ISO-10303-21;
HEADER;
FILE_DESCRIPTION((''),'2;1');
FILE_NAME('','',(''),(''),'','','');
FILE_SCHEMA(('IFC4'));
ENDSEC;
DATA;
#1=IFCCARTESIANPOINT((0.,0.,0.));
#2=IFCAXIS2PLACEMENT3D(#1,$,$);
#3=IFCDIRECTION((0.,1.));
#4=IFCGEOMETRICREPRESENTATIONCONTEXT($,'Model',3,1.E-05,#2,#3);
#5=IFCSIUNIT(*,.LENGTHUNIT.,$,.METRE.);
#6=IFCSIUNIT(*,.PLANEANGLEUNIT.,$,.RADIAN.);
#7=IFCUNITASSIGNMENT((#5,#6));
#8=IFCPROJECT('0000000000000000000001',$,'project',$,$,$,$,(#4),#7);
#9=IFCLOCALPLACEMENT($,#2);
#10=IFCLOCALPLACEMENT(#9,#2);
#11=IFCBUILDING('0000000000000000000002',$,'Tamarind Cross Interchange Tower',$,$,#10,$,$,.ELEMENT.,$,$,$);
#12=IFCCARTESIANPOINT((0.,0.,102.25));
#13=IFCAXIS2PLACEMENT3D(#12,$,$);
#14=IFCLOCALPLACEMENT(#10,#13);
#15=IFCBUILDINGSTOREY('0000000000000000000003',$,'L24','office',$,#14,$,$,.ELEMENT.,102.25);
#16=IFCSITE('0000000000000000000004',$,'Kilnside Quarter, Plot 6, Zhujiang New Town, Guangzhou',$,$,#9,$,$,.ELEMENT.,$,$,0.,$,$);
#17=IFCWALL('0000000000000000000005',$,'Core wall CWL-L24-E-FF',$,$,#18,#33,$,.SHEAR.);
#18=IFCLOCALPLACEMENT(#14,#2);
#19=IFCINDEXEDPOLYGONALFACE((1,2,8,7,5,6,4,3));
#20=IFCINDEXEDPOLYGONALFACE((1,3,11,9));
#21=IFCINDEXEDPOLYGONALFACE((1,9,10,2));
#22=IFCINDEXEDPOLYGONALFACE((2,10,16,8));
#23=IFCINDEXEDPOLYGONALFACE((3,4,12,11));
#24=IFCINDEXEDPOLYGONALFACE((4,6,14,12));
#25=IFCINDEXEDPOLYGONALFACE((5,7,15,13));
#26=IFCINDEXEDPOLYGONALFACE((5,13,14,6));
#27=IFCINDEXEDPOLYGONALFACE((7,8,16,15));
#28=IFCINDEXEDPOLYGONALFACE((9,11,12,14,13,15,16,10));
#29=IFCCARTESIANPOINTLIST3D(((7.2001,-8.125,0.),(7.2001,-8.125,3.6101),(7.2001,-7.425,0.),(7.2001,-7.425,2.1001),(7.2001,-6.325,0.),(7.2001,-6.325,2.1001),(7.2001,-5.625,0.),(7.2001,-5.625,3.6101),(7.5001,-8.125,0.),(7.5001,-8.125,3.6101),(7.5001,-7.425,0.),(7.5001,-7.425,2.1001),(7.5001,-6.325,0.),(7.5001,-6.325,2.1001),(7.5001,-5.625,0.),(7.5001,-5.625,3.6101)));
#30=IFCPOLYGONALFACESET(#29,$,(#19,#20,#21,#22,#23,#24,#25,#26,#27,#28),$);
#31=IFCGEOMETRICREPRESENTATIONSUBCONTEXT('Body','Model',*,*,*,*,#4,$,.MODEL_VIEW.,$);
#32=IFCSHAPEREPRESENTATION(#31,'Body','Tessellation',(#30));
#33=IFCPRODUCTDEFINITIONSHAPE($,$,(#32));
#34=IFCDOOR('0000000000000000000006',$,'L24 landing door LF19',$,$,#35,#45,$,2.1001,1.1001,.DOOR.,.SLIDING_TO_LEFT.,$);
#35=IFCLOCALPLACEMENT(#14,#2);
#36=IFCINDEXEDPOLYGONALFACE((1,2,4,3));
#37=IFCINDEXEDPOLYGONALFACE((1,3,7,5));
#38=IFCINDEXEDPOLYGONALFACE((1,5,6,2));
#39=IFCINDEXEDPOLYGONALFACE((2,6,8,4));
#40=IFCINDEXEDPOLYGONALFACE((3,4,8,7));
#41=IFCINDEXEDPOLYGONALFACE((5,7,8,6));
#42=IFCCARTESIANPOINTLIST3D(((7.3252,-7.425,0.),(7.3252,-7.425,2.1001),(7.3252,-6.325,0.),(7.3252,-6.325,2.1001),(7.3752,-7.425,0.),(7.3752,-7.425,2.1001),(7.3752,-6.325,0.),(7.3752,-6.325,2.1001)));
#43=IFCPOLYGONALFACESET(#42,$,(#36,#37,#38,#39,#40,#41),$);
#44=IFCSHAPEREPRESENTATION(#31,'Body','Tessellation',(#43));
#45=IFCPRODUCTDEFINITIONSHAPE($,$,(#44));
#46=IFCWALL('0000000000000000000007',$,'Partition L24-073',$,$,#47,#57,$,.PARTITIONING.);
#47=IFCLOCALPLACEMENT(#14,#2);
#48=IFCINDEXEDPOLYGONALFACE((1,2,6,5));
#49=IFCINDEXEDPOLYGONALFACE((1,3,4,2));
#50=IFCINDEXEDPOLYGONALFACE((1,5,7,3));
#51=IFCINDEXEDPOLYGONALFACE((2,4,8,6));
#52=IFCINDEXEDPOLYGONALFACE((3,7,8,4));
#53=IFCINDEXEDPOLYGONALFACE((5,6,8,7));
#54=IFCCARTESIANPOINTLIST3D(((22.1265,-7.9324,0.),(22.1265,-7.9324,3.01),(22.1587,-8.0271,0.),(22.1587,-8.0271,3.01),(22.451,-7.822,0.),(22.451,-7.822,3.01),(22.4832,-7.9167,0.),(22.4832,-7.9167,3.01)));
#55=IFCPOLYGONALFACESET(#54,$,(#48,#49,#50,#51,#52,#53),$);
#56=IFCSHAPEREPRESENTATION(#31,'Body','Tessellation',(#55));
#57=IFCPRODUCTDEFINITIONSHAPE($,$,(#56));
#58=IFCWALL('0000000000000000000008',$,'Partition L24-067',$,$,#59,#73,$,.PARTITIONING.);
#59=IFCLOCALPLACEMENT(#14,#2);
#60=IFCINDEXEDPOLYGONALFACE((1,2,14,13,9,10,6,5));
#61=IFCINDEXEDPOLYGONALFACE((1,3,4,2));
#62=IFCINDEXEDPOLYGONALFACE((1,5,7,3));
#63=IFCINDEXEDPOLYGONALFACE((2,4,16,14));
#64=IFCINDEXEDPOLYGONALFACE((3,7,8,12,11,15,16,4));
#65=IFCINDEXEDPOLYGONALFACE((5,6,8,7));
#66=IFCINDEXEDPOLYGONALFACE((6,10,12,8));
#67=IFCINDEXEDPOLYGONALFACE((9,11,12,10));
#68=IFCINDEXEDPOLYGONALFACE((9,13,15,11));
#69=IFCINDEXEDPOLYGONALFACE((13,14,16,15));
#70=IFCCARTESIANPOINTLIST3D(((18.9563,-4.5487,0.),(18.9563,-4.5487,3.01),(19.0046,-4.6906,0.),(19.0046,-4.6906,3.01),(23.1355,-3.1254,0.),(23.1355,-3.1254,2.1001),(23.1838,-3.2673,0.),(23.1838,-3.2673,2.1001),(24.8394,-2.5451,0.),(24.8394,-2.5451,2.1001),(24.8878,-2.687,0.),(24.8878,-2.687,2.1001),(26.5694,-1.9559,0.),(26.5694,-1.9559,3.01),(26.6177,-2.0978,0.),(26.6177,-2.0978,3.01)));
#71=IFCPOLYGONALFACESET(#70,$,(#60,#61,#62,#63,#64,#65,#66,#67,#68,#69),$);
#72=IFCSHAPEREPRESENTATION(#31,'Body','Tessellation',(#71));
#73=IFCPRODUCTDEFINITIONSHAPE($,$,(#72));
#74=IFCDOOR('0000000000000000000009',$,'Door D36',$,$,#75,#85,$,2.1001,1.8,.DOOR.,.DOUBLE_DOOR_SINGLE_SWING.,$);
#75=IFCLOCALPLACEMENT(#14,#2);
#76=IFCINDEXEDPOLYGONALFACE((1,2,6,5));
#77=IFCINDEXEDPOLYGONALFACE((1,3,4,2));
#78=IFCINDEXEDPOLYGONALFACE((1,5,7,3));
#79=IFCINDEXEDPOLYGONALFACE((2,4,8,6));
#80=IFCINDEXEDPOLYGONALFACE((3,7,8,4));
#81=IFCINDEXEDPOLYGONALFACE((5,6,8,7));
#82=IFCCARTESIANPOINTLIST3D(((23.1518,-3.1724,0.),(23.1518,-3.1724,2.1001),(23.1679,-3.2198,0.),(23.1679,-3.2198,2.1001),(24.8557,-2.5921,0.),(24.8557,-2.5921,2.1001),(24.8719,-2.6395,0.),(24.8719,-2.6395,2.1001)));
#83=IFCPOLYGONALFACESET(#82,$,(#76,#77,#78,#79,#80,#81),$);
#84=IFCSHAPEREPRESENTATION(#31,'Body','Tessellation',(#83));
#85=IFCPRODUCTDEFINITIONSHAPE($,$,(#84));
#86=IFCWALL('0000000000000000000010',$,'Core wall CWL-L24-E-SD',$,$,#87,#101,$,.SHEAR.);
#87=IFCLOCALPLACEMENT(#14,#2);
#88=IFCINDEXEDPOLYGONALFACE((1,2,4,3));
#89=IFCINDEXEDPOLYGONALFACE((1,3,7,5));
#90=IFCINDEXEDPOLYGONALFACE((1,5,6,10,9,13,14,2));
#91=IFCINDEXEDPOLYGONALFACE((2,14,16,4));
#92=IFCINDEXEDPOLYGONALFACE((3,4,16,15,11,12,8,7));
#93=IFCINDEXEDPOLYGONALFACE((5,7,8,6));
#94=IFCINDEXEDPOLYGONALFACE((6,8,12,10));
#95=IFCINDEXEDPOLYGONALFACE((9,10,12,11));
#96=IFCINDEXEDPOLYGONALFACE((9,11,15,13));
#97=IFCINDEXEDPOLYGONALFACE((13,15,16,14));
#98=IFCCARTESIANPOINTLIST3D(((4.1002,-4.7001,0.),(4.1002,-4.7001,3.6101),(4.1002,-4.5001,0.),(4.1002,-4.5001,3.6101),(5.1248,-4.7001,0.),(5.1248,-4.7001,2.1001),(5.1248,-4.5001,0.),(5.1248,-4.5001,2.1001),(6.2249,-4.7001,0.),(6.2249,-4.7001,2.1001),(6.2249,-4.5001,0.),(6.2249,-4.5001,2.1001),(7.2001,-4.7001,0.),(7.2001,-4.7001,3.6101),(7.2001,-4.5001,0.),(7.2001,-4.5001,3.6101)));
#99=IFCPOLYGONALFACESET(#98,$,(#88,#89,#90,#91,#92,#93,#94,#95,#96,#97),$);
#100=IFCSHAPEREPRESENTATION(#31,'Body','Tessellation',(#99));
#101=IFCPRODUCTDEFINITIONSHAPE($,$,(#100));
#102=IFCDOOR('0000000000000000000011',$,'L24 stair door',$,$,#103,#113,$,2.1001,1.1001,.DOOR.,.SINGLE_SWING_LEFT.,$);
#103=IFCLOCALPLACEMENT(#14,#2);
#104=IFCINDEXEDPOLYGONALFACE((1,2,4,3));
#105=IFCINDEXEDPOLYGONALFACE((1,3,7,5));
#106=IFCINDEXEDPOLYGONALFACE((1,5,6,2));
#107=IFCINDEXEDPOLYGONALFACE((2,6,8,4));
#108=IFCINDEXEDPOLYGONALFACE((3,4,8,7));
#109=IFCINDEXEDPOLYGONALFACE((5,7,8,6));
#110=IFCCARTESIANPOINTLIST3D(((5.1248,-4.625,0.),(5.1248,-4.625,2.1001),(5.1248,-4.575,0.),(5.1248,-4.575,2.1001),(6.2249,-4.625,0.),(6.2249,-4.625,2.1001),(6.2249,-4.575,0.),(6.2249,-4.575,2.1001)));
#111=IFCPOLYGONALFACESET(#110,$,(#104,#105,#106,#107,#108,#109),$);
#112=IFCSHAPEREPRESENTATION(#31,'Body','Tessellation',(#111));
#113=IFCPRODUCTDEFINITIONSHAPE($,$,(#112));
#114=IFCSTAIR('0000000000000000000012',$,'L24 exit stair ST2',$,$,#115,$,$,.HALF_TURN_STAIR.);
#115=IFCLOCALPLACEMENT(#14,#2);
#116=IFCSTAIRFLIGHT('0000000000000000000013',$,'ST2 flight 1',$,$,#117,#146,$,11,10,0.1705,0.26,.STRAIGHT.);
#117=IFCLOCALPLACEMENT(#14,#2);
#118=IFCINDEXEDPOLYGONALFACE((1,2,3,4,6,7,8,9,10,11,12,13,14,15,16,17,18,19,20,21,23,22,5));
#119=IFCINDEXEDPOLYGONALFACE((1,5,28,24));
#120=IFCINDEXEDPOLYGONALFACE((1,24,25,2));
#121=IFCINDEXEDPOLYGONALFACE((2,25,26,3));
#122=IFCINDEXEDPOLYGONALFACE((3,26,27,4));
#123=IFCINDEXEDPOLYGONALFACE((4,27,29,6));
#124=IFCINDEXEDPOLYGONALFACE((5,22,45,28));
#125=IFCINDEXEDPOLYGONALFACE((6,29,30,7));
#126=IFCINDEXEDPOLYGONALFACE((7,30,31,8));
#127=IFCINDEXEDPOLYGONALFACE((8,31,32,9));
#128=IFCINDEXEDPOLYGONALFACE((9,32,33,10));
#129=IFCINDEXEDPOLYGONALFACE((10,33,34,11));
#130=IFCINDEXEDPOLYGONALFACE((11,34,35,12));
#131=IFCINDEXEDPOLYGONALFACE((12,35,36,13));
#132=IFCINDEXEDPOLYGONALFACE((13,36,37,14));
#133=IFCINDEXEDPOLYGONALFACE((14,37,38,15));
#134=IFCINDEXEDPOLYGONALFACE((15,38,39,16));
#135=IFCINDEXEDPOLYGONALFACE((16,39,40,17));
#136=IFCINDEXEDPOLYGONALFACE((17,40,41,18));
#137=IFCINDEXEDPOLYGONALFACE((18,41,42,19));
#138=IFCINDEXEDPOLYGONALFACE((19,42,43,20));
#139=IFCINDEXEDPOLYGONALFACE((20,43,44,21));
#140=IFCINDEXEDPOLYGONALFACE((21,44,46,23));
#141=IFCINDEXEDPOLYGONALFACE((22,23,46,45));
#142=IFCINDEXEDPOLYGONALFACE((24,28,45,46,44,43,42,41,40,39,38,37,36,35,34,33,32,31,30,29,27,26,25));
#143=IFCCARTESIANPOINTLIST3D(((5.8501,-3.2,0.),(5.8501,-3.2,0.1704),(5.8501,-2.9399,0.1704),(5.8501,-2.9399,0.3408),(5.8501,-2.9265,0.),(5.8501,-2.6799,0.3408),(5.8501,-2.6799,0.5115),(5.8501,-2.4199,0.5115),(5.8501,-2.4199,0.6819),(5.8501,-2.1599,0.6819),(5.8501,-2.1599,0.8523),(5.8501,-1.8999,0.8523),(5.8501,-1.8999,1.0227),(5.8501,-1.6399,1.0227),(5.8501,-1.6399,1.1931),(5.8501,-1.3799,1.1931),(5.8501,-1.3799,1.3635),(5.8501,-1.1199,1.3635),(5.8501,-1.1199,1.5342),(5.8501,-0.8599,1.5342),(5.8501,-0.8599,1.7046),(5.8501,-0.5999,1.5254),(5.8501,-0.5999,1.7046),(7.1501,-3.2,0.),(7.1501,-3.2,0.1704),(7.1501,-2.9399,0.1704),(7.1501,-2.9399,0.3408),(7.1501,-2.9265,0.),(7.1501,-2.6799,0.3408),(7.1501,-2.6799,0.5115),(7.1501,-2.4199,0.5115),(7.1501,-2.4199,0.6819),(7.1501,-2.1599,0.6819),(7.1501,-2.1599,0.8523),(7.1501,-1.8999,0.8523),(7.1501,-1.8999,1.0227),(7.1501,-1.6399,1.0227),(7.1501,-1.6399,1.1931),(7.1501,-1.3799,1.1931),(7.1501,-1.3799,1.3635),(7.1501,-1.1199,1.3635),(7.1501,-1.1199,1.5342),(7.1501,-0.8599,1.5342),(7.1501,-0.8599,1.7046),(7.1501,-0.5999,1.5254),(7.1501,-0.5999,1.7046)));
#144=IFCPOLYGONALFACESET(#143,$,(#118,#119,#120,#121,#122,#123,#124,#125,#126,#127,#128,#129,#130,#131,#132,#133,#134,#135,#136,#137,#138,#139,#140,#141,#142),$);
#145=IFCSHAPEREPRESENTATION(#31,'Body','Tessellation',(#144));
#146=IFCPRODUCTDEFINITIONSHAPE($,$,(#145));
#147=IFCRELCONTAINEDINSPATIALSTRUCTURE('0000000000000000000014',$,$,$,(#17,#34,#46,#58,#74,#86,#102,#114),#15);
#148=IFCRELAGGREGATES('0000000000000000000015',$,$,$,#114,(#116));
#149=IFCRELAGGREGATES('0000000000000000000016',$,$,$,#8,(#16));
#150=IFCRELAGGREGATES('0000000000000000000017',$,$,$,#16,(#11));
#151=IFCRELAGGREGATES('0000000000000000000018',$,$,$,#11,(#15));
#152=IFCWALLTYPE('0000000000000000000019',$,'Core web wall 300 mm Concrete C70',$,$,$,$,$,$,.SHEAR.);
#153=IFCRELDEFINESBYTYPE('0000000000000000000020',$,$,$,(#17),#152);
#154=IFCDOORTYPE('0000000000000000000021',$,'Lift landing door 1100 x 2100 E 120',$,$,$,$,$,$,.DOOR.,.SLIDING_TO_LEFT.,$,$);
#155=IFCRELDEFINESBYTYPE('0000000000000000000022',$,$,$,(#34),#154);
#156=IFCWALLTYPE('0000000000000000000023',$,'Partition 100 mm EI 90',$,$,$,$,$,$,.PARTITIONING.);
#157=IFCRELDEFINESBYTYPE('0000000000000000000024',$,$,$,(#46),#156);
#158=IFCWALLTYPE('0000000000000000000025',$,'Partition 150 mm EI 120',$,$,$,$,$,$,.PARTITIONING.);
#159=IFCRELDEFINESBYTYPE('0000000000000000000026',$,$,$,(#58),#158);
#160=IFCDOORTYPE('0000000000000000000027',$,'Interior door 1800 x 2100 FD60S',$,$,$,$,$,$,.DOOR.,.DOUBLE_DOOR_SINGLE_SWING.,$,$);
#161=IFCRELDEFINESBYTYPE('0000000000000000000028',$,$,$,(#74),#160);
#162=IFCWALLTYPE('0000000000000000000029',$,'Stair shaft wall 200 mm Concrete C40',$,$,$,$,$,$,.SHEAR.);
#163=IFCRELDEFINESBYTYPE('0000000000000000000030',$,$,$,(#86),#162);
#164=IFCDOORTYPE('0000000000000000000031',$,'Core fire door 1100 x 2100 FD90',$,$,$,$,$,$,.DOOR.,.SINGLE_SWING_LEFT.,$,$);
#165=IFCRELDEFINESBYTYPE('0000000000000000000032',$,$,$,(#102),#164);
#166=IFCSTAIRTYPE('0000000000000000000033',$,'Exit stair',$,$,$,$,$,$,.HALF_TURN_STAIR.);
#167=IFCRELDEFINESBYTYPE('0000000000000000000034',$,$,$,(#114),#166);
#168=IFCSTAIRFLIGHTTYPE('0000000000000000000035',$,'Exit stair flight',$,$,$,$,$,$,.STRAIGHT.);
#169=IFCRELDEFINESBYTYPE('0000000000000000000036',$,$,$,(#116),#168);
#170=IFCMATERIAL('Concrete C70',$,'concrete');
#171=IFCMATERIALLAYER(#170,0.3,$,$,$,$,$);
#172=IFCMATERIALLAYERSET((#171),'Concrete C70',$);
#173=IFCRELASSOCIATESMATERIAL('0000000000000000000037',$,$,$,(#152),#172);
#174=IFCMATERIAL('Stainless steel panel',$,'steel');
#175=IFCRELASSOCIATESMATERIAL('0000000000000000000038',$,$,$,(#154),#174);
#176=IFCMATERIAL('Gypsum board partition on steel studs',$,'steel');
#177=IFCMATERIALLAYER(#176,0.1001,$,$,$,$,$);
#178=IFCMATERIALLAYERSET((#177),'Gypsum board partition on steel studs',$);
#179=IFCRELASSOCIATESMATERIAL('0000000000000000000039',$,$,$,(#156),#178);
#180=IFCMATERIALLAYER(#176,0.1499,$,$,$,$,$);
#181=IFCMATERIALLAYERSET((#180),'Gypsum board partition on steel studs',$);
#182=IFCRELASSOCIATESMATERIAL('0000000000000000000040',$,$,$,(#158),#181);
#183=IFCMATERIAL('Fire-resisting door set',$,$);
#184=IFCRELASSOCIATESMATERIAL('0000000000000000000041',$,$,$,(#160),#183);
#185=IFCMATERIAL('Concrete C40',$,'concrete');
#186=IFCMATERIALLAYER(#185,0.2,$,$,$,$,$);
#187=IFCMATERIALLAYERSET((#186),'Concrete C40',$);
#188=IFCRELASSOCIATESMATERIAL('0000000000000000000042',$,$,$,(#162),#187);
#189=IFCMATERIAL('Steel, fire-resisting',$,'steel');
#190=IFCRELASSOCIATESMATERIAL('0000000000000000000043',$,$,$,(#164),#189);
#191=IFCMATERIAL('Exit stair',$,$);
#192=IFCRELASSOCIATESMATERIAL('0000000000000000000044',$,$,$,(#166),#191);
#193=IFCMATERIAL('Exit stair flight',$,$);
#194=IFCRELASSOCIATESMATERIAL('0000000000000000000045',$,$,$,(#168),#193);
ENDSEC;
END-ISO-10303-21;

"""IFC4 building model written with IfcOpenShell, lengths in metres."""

from ifc_helpers import new_model, si_unit, direction, frame, frame_2d, origin, place, context, subcontext, project, spatial, polyline, rectangle, outline, extrude, material, layer, layer_set, type_object, element, fill, aggregate, save


model = new_model("IFC4")

# Units and contexts
model_context = context("Model", 3, precision=1e-05, world=origin(), true_north=direction((0.0, 1.0)))
body_context = subcontext(model_context, "Body", "Model", "MODEL_VIEW")
ifc_project = project(units=[si_unit("LENGTHUNIT", "METRE"), si_unit("PLANEANGLEUNIT", "RADIAN")], contexts=[model_context])

# Site, building, storey
site_placement = place(None, origin())
site = spatial("IfcSite", under=ifc_project, at=site_placement, Name="Kilnside Quarter, Plot 6, Zhujiang New Town, Guangzhou", CompositionType="ELEMENT", RefElevation=0.0)
building_placement = place(site_placement, origin())
building = spatial("IfcBuilding", under=site, at=building_placement, Name="Tamarind Cross Interchange Tower", CompositionType="ELEMENT")
storey_placement = place(building_placement, frame((0.0, 0.0, 102.25)))
storey = spatial("IfcBuildingStorey", under=building, at=storey_placement, Name="L24", Description="office", CompositionType="ELEMENT", Elevation=102.25)

# Shared definitions
ifc_material_1 = material(Name="Concrete C70", Category="concrete")
ifc_layer_1 = layer(ifc_material_1, 0.3)
ifc_layer_set_1 = layer_set([ifc_layer_1], Name="Concrete C70")
wall_type_1 = type_object("IfcWallType", Name="Core web wall 300 mm Concrete C70", PredefinedType="SHEAR", material=ifc_layer_set_1)

# Shared definitions
ifc_material_2 = material(Name="Stainless steel panel", Category="steel")
door_type_1 = type_object("IfcDoorType", Name="Lift landing door 1100 x 2100 E 120", OperationType="SLIDING_TO_LEFT", PredefinedType="DOOR", material=ifc_material_2)

# Wall, opening, door
wall_1_placement = place(storey_placement, frame((7.3501, -8.125, 0.0), z_axis=(0.0, 0.0, 1.0), x_axis=(0.0, 1.0, 0.0)))
wall_1 = element("IfcWall", 1, at=wall_1_placement, inside=storey, type_object=wall_type_1, Name="Core wall CWL-L24-E-FF", PredefinedType="SHEAR", context=body_context, shape_type="SweptSolid", body=[
    extrude(rectangle(XDim=2.5, YDim=0.3, at=frame_2d((1.25, 0.0))), origin(), (0.0, 0.0, 1.0), 3.6101),
])
opening_1_placement = place(wall_1_placement, frame((0.7, 0.0, 0.0)))
opening_1 = element("IfcOpeningElement", 2, at=opening_1_placement, cuts=wall_1, PredefinedType="OPENING", context=body_context, shape_type="SweptSolid", body=[
    extrude(rectangle(XDim=1.1001, YDim=2.1001, at=frame_2d((0.55, 1.05))), frame((0.0, 0.1599, 0.0), z_axis=(0.0, -1.0, 0.0), x_axis=(1.0, 0.0, 0.0)), (0.0, 0.0, 1.0), 0.3201),
])
door_1_placement = place(opening_1_placement, origin())
door_1 = element("IfcDoor", 3, at=door_1_placement, inside=storey, type_object=door_type_1, Name="L24 landing door LF19", OperationType="SLIDING_TO_LEFT", OverallHeight=2.1001, OverallWidth=1.1001, PredefinedType="DOOR", context=body_context, shape_type="SweptSolid", body=[
    extrude(rectangle(XDim=1.1001, YDim=2.1001, at=frame_2d((0.55, 1.05))), frame((0.0, 0.0249, 0.0), z_axis=(0.0, -1.0, 0.0), x_axis=(1.0, 0.0, 0.0)), (0.0, 0.0, 1.0), 0.05),
])
fill(opening_1, door_1)

# Wall
ifc_material_3 = material(Name="Gypsum board partition on steel studs", Category="steel")
ifc_layer_2 = layer(ifc_material_3, 0.1001)
ifc_layer_set_2 = layer_set([ifc_layer_2], Name="Gypsum board partition on steel studs")
wall_type_2 = type_object("IfcWallType", Name="Partition 100 mm EI 90", PredefinedType="PARTITIONING", material=ifc_layer_set_2)
wall_2_placement = place(storey_placement, frame((22.1426, -7.9797, 0.0), z_axis=(0.0, 0.0, 1.0), x_axis=(0.946742, 0.321992, 0.0)))
element("IfcWall", 4, at=wall_2_placement, inside=storey, type_object=wall_type_2, Name="Partition L24-073", PredefinedType="PARTITIONING", context=body_context, shape_type="SweptSolid", body=[
    extrude(rectangle(XDim=0.3428, YDim=0.1001, at=frame_2d((0.1714, 0.0))), origin(), (0.0, 0.0, 1.0), 3.01),
])

# Walls, openings, doors
ifc_layer_3 = layer(ifc_material_3, 0.1499)
ifc_layer_set_3 = layer_set([ifc_layer_3], Name="Gypsum board partition on steel studs")
wall_type_3 = type_object("IfcWallType", Name="Partition 150 mm EI 120", PredefinedType="PARTITIONING", material=ifc_layer_set_3)
wall_3_placement = place(storey_placement, frame((18.9805, -4.6196, 0.0), z_axis=(0.0, 0.0, 1.0), x_axis=(0.946608, 0.322387, 0.0)))
wall_3 = element("IfcWall", 5, at=wall_3_placement, inside=storey, type_object=wall_type_3, Name="Partition L24-067", PredefinedType="PARTITIONING", context=body_context, shape_type="SweptSolid", body=[
    extrude(rectangle(XDim=8.0425, YDim=0.1499, at=frame_2d((4.0212, 0.0))), origin(), (0.0, 0.0, 1.0), 3.01),
])
opening_2_placement = place(wall_3_placement, frame((4.415, 0.0, 0.0)))
opening_2 = element("IfcOpeningElement", 6, at=opening_2_placement, cuts=wall_3, PredefinedType="OPENING", context=body_context, shape_type="SweptSolid", body=[
    extrude(rectangle(XDim=1.8, YDim=2.1001, at=frame_2d((0.8999, 1.05))), frame((0.0, 0.085, 0.0), z_axis=(0.0, -1.0, 0.0), x_axis=(1.0, 0.0, 0.0)), (0.0, 0.0, 1.0), 0.1699),
])
ifc_material_4 = material(Name="Fire-resisting door set")
door_type_2 = type_object("IfcDoorType", Name="Interior door 1800 x 2100 FD60S", OperationType="DOUBLE_DOOR_SINGLE_SWING", PredefinedType="DOOR", material=ifc_material_4)
door_2_placement = place(opening_2_placement, frame((1.8, 0.0, 0.0), z_axis=(0.0, 0.0, 1.0), x_axis=(-1.0, 0.0, 0.0)))
door_2 = element("IfcDoor", 7, at=door_2_placement, inside=storey, type_object=door_type_2, Name="Door D36", OperationType="DOUBLE_DOOR_SINGLE_SWING", OverallHeight=2.1001, OverallWidth=1.8, PredefinedType="DOOR", context=body_context, shape_type="SweptSolid", body=[
    extrude(rectangle(XDim=1.8, YDim=2.1001, at=frame_2d((0.8999, 1.05))), frame((0.0, 0.0249, 0.0), z_axis=(0.0, -1.0, 0.0), x_axis=(1.0, 0.0, 0.0)), (0.0, 0.0, 1.0), 0.05),
])
fill(opening_2, door_2)
ifc_material_5 = material(Name="Concrete C40", Category="concrete")
ifc_layer_4 = layer(ifc_material_5, 0.2)
ifc_layer_set_4 = layer_set([ifc_layer_4], Name="Concrete C40")
wall_type_4 = type_object("IfcWallType", Name="Stair shaft wall 200 mm Concrete C40", PredefinedType="SHEAR", material=ifc_layer_set_4)
wall_4_placement = place(storey_placement, frame((7.2, -4.6001, 0.0), z_axis=(0.0, 0.0, 1.0), x_axis=(-1.0, 0.0, 0.0)))
wall_4 = element("IfcWall", 8, at=wall_4_placement, inside=storey, type_object=wall_type_4, Name="Core wall CWL-L24-E-SD", PredefinedType="SHEAR", context=body_context, shape_type="SweptSolid", body=[
    extrude(rectangle(XDim=3.0999, YDim=0.2, at=frame_2d((1.5498, 0.0))), origin(), (0.0, 0.0, 1.0), 3.6101),
])
opening_3_placement = place(wall_4_placement, frame((0.9751, 0.0, 0.0)))
opening_3 = element("IfcOpeningElement", 9, at=opening_3_placement, cuts=wall_4, PredefinedType="OPENING", context=body_context, shape_type="SweptSolid", body=[
    extrude(rectangle(XDim=1.1001, YDim=2.1001, at=frame_2d((0.55, 1.05))), frame((0.0, 0.1099, 0.0), z_axis=(0.0, -1.0, 0.0), x_axis=(1.0, 0.0, 0.0)), (0.0, 0.0, 1.0), 0.22),
])
ifc_material_6 = material(Name="Steel, fire-resisting", Category="steel")
door_type_3 = type_object("IfcDoorType", Name="Core fire door 1100 x 2100 FD90", OperationType="SINGLE_SWING_LEFT", PredefinedType="DOOR", material=ifc_material_6)
door_3_placement = place(opening_3_placement, origin())
door_3 = element("IfcDoor", 10, at=door_3_placement, inside=storey, type_object=door_type_3, Name="L24 stair door", OperationType="SINGLE_SWING_LEFT", OverallHeight=2.1001, OverallWidth=1.1001, PredefinedType="DOOR", context=body_context, shape_type="SweptSolid", body=[
    extrude(rectangle(XDim=1.1001, YDim=2.1001, at=frame_2d((0.55, 1.05))), frame((0.0, 0.0249, 0.0), z_axis=(0.0, -1.0, 0.0), x_axis=(1.0, 0.0, 0.0)), (0.0, 0.0, 1.0), 0.05),
])
fill(opening_3, door_3)

# Stair, stair flight
ifc_material_7 = material(Name="Exit stair")
stair_type = type_object("IfcStairType", Name="Exit stair", PredefinedType="HALF_TURN_STAIR", material=ifc_material_7)
stair_placement = place(storey_placement, origin())
stair = element("IfcStair", 11, at=stair_placement, inside=storey, type_object=stair_type, Name="L24 exit stair ST2", PredefinedType="HALF_TURN_STAIR")
ifc_material_8 = material(Name="Exit stair flight")
stair_flight_type = type_object("IfcStairFlightType", Name="Exit stair flight", PredefinedType="STRAIGHT", material=ifc_material_8)
stair_flight_placement = place(storey_placement, frame((6.5, -3.2, 0.0), z_axis=(0.0, 0.0, 1.0), x_axis=(0.0, 1.0, 0.0)))
stair_flight = element("IfcStairFlight", 12, at=stair_flight_placement, type_object=stair_flight_type, Name="ST2 flight 1", NumberOfRisers=11, NumberOfTreads=10, PredefinedType="STRAIGHT", RiserHeight=0.1705, TreadLength=0.26, context=body_context, shape_type="SweptSolid", body=[
    extrude(outline(polyline([(0.0, 0.0), (0.0, 0.1704), (0.26, 0.1704), (0.26, 0.3408), (0.52, 0.3408), (0.52, 0.5115), (0.78, 0.5115), (0.78, 0.6819), (1.04, 0.6819), (1.04, 0.8523), (1.3, 0.8523), (1.3, 1.0227), (1.5601, 1.0227), (1.5601, 1.1931), (1.8201, 1.1931), (1.8201, 1.3635), (2.0801, 1.3635), (2.0801, 1.5342), (2.3401, 1.5342), (2.3401, 1.7046), (2.6001, 1.7046), (2.6001, 1.875), (2.6001, 1.5254), (0.2734, 0.0), (0.0, 0.0)])), frame((0.0, 0.6499, 0.0), z_axis=(0.0, -1.0, 0.0), x_axis=(1.0, 0.0, 0.0)), (0.0, 0.0, 1.0), 1.3),
])
aggregate(stair, [stair_flight])

save(model, "model.ifc")
